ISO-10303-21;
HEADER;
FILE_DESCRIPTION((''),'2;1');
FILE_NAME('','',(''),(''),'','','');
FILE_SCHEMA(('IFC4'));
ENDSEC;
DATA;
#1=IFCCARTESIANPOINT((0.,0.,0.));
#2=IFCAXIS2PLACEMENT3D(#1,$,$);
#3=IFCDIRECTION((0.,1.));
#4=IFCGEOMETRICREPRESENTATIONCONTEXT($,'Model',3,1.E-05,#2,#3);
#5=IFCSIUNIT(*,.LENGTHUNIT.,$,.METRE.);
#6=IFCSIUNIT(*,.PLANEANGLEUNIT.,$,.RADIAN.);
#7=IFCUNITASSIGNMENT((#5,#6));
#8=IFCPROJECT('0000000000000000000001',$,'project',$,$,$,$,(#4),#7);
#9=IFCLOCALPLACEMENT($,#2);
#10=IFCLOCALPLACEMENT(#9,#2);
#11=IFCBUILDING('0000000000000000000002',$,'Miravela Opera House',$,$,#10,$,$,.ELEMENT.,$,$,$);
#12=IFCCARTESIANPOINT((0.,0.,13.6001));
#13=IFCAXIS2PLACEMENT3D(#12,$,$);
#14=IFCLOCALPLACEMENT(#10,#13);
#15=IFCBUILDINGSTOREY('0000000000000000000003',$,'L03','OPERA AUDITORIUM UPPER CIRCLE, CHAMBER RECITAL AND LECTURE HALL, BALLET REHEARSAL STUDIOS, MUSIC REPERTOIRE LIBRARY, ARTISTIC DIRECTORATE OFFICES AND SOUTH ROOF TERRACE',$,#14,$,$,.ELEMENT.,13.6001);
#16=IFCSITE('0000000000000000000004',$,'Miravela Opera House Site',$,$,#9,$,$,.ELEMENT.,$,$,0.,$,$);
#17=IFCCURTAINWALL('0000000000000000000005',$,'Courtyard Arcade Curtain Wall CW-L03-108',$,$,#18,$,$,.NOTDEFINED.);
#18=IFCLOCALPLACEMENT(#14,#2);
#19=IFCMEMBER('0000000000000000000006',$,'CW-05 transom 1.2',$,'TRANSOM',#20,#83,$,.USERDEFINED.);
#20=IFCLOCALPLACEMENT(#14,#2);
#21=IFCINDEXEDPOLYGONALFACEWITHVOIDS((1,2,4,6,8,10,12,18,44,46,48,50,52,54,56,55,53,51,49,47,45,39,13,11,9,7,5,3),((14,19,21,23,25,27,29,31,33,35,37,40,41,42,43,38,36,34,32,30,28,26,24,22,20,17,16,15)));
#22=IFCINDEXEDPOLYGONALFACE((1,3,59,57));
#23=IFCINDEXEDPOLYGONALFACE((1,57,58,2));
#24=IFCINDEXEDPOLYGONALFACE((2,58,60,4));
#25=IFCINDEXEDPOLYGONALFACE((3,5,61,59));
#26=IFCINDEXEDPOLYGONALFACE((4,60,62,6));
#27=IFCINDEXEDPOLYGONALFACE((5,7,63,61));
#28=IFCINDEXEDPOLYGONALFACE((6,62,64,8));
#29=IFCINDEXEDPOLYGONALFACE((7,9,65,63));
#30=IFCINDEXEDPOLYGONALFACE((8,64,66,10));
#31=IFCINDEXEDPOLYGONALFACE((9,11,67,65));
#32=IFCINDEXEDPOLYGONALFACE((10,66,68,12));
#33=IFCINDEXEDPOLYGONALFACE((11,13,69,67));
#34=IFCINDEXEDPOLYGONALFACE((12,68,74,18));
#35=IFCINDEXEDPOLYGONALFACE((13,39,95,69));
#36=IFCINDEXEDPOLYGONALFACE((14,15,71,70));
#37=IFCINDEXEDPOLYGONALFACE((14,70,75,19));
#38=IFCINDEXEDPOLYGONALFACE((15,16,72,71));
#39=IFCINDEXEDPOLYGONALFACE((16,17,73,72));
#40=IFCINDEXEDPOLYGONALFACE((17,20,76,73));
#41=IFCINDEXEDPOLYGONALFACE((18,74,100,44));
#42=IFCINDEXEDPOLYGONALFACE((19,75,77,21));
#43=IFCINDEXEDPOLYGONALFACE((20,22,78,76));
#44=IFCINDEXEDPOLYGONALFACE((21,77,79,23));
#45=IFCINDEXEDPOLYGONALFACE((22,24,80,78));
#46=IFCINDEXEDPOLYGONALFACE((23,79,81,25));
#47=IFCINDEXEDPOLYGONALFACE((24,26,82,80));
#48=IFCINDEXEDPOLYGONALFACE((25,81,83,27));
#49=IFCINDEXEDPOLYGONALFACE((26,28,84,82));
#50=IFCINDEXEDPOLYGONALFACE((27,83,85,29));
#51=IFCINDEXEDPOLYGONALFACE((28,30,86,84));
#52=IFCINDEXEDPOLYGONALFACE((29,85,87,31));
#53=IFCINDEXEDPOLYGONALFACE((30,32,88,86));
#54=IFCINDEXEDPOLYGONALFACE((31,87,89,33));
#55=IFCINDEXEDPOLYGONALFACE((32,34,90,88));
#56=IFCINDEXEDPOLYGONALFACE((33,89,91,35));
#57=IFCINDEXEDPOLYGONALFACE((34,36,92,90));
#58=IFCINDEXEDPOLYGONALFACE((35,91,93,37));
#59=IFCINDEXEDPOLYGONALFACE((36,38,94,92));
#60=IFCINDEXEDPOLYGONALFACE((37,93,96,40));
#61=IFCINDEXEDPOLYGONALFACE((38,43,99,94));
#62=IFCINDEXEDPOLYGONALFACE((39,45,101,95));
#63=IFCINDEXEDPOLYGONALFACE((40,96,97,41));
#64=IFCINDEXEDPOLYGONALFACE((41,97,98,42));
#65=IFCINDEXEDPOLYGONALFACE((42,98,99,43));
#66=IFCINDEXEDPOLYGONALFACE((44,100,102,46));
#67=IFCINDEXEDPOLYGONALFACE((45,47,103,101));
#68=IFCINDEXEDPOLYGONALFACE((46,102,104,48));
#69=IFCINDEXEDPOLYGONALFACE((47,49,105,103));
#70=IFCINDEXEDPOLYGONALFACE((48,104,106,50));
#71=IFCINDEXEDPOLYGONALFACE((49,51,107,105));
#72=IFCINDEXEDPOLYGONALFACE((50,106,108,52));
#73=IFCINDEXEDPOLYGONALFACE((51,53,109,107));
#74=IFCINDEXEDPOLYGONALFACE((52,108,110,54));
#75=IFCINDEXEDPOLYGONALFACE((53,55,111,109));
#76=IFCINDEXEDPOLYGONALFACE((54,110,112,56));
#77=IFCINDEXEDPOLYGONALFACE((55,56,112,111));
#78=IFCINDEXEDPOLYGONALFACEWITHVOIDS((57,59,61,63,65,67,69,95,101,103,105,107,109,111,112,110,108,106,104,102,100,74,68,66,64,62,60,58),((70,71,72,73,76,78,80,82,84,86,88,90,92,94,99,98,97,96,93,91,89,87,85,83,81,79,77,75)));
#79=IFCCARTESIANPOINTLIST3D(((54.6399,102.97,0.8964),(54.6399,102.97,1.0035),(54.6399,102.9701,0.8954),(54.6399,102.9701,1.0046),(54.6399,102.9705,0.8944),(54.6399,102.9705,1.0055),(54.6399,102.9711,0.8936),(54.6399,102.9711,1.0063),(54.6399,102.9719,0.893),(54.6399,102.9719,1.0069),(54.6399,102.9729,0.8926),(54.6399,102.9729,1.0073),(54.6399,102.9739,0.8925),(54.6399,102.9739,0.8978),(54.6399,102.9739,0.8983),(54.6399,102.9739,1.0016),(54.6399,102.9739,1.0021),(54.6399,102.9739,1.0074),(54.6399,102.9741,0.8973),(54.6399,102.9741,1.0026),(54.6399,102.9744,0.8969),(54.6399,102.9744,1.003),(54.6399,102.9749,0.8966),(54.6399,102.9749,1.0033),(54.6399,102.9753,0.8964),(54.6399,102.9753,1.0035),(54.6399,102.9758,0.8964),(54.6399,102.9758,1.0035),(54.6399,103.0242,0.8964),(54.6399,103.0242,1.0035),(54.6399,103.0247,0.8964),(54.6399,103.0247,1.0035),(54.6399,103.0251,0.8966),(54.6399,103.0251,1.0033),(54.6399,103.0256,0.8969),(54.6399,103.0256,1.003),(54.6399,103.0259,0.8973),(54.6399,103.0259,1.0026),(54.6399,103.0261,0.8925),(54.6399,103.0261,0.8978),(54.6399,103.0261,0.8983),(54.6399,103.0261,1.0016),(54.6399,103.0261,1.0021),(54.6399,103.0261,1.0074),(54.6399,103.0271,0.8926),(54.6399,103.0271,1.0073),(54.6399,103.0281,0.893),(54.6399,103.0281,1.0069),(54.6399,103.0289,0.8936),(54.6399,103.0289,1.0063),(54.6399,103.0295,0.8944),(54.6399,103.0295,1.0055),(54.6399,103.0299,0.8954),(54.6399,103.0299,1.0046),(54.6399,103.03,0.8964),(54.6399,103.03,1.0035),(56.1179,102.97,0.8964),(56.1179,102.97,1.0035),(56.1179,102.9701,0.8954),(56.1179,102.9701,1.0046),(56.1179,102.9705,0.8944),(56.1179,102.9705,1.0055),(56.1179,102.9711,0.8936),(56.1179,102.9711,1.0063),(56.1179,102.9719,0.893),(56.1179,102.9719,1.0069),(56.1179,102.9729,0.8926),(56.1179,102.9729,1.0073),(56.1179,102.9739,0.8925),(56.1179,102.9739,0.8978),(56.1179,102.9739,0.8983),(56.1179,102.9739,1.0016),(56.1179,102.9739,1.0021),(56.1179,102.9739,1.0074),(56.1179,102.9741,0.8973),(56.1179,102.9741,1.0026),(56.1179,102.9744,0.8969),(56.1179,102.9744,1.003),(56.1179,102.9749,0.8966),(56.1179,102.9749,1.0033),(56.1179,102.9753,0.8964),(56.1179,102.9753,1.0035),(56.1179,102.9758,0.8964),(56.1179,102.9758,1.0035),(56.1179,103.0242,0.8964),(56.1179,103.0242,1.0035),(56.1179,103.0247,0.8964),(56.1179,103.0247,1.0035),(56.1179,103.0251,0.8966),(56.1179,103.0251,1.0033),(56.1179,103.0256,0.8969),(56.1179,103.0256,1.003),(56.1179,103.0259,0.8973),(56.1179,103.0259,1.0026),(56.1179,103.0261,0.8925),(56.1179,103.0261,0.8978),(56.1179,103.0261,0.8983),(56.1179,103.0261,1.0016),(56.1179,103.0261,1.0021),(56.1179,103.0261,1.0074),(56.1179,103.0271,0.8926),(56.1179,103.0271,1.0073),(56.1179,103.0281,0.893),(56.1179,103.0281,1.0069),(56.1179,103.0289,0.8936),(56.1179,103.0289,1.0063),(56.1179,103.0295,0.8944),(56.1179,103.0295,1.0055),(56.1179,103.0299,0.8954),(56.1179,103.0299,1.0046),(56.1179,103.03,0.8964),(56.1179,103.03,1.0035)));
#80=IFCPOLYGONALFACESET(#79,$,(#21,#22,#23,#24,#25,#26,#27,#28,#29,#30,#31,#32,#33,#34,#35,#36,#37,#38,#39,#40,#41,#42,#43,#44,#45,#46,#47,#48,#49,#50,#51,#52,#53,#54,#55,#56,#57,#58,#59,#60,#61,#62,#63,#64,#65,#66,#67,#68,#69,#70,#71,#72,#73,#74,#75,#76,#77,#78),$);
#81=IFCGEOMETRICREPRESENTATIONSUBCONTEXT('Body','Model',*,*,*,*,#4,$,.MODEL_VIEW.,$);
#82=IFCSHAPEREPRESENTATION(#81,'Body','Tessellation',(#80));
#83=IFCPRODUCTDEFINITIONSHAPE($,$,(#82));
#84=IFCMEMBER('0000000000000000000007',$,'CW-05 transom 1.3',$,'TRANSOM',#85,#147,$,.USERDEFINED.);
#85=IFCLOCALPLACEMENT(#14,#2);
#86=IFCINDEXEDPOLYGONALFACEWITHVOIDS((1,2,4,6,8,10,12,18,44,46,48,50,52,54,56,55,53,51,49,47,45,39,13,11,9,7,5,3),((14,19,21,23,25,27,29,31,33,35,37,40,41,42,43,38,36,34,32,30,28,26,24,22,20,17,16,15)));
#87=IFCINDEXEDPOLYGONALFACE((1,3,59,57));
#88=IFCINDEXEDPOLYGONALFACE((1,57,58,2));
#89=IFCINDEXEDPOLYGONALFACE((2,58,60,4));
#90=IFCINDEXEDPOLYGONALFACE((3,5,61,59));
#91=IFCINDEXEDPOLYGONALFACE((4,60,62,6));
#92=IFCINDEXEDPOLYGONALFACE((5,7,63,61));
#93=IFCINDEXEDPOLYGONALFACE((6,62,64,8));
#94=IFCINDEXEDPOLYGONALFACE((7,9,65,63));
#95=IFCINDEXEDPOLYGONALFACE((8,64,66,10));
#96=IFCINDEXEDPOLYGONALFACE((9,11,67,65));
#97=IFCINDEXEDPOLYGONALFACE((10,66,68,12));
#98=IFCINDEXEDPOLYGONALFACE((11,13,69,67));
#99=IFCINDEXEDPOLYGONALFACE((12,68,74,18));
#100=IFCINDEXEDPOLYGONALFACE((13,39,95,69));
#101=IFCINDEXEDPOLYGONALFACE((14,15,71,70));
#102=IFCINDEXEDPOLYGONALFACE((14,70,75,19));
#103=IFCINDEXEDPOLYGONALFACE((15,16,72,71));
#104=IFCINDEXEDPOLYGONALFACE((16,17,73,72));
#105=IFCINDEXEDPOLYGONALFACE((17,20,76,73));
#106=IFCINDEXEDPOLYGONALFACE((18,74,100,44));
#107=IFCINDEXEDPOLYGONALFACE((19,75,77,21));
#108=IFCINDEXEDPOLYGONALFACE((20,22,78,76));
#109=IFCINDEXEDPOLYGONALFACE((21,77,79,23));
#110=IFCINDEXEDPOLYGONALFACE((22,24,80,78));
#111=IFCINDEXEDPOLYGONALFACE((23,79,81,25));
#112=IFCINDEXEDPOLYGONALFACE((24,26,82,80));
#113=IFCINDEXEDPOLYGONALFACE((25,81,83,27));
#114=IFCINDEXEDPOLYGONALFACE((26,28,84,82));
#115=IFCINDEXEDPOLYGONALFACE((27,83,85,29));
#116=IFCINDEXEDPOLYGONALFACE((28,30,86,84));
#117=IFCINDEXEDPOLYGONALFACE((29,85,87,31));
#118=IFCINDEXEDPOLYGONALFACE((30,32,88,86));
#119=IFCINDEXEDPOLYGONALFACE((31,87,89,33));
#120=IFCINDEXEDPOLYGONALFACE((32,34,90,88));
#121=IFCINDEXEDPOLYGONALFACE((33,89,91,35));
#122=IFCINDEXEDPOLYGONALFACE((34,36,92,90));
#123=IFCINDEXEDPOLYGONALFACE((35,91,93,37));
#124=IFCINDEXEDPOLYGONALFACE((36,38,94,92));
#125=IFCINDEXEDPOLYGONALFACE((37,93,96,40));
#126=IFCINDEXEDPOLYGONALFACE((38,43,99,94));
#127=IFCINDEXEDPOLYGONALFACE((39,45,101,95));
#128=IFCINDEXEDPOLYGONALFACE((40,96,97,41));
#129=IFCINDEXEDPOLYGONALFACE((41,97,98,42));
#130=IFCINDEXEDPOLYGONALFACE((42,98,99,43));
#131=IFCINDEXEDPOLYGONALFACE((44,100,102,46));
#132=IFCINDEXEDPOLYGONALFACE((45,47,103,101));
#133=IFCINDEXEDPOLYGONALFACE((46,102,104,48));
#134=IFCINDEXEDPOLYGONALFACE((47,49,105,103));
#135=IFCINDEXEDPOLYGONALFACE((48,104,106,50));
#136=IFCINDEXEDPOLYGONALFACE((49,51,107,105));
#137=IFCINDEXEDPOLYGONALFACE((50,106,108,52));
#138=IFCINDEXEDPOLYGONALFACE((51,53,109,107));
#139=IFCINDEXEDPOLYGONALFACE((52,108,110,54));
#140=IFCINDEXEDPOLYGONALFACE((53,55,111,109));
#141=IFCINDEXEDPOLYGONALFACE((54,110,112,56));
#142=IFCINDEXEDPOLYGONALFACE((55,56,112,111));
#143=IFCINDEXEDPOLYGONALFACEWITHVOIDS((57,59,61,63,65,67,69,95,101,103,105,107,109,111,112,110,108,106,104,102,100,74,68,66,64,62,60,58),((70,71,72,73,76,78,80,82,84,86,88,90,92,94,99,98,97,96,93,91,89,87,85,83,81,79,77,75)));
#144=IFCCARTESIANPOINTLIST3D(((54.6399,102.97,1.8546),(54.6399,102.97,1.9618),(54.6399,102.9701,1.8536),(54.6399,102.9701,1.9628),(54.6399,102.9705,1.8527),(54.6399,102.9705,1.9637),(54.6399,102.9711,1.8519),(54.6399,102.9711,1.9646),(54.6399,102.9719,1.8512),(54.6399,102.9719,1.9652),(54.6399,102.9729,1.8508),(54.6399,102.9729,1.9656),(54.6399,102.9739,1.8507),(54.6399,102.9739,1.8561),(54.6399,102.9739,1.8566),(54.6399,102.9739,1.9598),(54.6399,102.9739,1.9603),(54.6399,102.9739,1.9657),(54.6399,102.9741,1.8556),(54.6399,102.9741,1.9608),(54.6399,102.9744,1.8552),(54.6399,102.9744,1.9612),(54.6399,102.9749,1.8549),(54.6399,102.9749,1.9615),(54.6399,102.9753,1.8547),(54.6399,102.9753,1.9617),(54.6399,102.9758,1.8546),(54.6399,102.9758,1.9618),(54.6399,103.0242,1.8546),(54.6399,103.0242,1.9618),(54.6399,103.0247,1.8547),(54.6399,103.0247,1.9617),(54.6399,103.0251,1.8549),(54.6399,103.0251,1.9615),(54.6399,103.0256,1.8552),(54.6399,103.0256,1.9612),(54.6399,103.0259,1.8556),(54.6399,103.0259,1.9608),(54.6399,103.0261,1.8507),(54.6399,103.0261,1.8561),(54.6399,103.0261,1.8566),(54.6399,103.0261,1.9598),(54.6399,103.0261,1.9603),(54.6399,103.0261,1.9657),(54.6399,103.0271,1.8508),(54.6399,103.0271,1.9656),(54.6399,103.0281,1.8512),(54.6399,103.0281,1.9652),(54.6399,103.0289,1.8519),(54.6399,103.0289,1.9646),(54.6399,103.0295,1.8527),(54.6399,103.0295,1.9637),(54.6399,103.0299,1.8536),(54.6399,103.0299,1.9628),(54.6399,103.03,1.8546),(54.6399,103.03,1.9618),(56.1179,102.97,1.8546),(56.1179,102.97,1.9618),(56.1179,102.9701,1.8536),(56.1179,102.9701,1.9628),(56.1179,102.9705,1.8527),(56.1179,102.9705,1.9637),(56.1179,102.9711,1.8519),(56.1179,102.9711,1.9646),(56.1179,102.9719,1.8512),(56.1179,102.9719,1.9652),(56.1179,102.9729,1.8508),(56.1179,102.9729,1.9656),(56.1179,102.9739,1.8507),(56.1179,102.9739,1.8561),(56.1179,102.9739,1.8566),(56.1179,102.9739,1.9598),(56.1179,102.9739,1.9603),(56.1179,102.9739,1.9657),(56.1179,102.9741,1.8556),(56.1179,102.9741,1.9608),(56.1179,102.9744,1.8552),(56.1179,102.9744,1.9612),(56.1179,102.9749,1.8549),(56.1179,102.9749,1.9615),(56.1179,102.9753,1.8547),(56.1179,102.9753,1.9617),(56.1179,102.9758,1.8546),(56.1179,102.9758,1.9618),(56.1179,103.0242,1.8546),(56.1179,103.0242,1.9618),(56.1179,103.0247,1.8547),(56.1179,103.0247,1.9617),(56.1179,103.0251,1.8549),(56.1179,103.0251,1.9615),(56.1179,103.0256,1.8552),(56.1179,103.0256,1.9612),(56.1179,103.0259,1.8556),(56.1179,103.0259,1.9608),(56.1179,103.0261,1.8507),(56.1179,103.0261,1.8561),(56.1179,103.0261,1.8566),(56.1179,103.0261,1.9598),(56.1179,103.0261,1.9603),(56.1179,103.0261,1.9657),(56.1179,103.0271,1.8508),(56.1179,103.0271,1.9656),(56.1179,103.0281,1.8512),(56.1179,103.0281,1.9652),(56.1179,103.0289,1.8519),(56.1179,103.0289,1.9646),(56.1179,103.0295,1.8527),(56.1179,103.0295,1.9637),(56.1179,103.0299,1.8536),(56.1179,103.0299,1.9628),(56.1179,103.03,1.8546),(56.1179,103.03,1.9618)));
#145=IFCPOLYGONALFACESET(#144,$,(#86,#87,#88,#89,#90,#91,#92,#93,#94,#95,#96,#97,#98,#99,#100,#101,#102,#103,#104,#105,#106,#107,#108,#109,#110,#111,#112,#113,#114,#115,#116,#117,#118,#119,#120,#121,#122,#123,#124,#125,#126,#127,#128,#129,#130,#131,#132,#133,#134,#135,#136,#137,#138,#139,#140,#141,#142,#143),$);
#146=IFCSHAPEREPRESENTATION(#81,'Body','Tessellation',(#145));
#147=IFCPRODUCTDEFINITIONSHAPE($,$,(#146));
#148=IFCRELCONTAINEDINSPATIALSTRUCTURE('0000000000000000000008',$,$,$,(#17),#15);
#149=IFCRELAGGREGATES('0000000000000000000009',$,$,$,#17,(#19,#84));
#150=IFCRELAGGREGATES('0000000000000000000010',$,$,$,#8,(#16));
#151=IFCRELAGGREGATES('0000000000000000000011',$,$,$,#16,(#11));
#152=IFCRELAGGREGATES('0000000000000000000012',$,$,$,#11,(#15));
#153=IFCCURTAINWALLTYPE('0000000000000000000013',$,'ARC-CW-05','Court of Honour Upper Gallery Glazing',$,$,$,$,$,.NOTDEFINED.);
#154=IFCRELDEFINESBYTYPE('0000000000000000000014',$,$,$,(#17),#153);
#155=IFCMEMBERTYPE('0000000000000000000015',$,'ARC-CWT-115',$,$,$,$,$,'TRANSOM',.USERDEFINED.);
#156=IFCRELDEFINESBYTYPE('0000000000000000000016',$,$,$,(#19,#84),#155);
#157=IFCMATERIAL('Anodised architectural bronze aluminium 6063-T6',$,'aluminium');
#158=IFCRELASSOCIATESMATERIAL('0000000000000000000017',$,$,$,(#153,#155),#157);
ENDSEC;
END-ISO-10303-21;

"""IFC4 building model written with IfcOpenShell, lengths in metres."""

from ifc_helpers import new_model, si_unit, direction, frame, origin, origin_2d, place, context, subcontext, project, spatial, hollow_rectangle, extrude, material, material_profile, profile_set, type_object, element, aggregate, save


model = new_model("IFC4")

# Units and contexts
model_context = context("Model", 3, precision=1e-05, world=origin(), true_north=direction((0.0, 1.0)))
body_context = subcontext(model_context, "Body", "Model", "MODEL_VIEW")
ifc_project = project(units=[si_unit("LENGTHUNIT", "METRE"), si_unit("PLANEANGLEUNIT", "RADIAN")], contexts=[model_context])

# Site, building, storey
site_placement = place(None, origin())
site = spatial("IfcSite", under=ifc_project, at=site_placement, Name="Miravela Opera House Site", CompositionType="ELEMENT", RefElevation=0.0)
building_placement = place(site_placement, origin())
building = spatial("IfcBuilding", under=site, at=building_placement, Name="Miravela Opera House", CompositionType="ELEMENT")
storey_placement = place(building_placement, frame((0.0, 0.0, 13.6001)))
storey = spatial("IfcBuildingStorey", under=building, at=storey_placement, Name="L03", Description="OPERA AUDITORIUM UPPER CIRCLE, CHAMBER RECITAL AND LECTURE HALL, BALLET REHEARSAL STUDIOS, MUSIC REPERTOIRE LIBRARY, ARTISTIC DIRECTORATE OFFICES AND SOUTH ROOF TERRACE", CompositionType="ELEMENT", Elevation=13.6001)

# Curtain wall
ifc_material_1 = material(Name="Anodised architectural bronze aluminium 6063-T6", Category="aluminium")
curtain_wall_type = type_object("IfcCurtainWallType", Name="ARC-CW-05", Description="Court of Honour Upper Gallery Glazing", PredefinedType="NOTDEFINED", material=ifc_material_1)
curtain_wall_1_placement = place(storey_placement, origin())
curtain_wall_1 = element("IfcCurtainWall", 1, at=curtain_wall_1_placement, inside=storey, type_object=curtain_wall_type, Name="Courtyard Arcade Curtain Wall CW-L03-108", PredefinedType="NOTDEFINED")

# Members
ifc_material_profile_1 = material_profile(ifc_material_1, hollow_rectangle(XDim=0.0601, YDim=0.115, WallThickness=0.0039, InnerFilletRadius=0.002, OuterFilletRadius=0.0039, at=origin_2d()), Name="CWT-60X115")
ifc_profile_set_1 = profile_set([ifc_material_profile_1])
member_type_1 = type_object("IfcMemberType", Name="ARC-CWT-115", ElementType="TRANSOM", PredefinedType="USERDEFINED", material=ifc_profile_set_1)
member_1_placement = place(storey_placement, frame((54.6399, 103.0, 0.95), z_axis=(1.0, 0.0, 0.0), x_axis=(0.0, 1.0, 0.0)))
member_1 = element("IfcMember", 2, at=member_1_placement, type_object=member_type_1, Name="CW-05 transom 1.2", ObjectType="TRANSOM", PredefinedType="USERDEFINED", context=body_context, shape_type="SweptSolid", body=[
    extrude(hollow_rectangle(XDim=0.0601, YDim=0.115, WallThickness=0.0039, InnerFilletRadius=0.002, OuterFilletRadius=0.0039, at=origin_2d()), origin(), (0.0, 0.0, 1.0), 1.478),
])
member_2_placement = place(storey_placement, frame((54.6399, 103.0, 1.9082), z_axis=(1.0, 0.0, 0.0), x_axis=(0.0, 1.0, 0.0)))
member_2 = element("IfcMember", 3, at=member_2_placement, type_object=member_type_1, Name="CW-05 transom 1.3", ObjectType="TRANSOM", PredefinedType="USERDEFINED", context=body_context, shape_type="SweptSolid", body=[
    extrude(hollow_rectangle(XDim=0.0601, YDim=0.115, WallThickness=0.0039, InnerFilletRadius=0.002, OuterFilletRadius=0.0039, at=origin_2d()), origin(), (0.0, 0.0, 1.0), 1.478),
])

aggregate(curtain_wall_1, [member_1, member_2])

save(model, "model.ifc")
